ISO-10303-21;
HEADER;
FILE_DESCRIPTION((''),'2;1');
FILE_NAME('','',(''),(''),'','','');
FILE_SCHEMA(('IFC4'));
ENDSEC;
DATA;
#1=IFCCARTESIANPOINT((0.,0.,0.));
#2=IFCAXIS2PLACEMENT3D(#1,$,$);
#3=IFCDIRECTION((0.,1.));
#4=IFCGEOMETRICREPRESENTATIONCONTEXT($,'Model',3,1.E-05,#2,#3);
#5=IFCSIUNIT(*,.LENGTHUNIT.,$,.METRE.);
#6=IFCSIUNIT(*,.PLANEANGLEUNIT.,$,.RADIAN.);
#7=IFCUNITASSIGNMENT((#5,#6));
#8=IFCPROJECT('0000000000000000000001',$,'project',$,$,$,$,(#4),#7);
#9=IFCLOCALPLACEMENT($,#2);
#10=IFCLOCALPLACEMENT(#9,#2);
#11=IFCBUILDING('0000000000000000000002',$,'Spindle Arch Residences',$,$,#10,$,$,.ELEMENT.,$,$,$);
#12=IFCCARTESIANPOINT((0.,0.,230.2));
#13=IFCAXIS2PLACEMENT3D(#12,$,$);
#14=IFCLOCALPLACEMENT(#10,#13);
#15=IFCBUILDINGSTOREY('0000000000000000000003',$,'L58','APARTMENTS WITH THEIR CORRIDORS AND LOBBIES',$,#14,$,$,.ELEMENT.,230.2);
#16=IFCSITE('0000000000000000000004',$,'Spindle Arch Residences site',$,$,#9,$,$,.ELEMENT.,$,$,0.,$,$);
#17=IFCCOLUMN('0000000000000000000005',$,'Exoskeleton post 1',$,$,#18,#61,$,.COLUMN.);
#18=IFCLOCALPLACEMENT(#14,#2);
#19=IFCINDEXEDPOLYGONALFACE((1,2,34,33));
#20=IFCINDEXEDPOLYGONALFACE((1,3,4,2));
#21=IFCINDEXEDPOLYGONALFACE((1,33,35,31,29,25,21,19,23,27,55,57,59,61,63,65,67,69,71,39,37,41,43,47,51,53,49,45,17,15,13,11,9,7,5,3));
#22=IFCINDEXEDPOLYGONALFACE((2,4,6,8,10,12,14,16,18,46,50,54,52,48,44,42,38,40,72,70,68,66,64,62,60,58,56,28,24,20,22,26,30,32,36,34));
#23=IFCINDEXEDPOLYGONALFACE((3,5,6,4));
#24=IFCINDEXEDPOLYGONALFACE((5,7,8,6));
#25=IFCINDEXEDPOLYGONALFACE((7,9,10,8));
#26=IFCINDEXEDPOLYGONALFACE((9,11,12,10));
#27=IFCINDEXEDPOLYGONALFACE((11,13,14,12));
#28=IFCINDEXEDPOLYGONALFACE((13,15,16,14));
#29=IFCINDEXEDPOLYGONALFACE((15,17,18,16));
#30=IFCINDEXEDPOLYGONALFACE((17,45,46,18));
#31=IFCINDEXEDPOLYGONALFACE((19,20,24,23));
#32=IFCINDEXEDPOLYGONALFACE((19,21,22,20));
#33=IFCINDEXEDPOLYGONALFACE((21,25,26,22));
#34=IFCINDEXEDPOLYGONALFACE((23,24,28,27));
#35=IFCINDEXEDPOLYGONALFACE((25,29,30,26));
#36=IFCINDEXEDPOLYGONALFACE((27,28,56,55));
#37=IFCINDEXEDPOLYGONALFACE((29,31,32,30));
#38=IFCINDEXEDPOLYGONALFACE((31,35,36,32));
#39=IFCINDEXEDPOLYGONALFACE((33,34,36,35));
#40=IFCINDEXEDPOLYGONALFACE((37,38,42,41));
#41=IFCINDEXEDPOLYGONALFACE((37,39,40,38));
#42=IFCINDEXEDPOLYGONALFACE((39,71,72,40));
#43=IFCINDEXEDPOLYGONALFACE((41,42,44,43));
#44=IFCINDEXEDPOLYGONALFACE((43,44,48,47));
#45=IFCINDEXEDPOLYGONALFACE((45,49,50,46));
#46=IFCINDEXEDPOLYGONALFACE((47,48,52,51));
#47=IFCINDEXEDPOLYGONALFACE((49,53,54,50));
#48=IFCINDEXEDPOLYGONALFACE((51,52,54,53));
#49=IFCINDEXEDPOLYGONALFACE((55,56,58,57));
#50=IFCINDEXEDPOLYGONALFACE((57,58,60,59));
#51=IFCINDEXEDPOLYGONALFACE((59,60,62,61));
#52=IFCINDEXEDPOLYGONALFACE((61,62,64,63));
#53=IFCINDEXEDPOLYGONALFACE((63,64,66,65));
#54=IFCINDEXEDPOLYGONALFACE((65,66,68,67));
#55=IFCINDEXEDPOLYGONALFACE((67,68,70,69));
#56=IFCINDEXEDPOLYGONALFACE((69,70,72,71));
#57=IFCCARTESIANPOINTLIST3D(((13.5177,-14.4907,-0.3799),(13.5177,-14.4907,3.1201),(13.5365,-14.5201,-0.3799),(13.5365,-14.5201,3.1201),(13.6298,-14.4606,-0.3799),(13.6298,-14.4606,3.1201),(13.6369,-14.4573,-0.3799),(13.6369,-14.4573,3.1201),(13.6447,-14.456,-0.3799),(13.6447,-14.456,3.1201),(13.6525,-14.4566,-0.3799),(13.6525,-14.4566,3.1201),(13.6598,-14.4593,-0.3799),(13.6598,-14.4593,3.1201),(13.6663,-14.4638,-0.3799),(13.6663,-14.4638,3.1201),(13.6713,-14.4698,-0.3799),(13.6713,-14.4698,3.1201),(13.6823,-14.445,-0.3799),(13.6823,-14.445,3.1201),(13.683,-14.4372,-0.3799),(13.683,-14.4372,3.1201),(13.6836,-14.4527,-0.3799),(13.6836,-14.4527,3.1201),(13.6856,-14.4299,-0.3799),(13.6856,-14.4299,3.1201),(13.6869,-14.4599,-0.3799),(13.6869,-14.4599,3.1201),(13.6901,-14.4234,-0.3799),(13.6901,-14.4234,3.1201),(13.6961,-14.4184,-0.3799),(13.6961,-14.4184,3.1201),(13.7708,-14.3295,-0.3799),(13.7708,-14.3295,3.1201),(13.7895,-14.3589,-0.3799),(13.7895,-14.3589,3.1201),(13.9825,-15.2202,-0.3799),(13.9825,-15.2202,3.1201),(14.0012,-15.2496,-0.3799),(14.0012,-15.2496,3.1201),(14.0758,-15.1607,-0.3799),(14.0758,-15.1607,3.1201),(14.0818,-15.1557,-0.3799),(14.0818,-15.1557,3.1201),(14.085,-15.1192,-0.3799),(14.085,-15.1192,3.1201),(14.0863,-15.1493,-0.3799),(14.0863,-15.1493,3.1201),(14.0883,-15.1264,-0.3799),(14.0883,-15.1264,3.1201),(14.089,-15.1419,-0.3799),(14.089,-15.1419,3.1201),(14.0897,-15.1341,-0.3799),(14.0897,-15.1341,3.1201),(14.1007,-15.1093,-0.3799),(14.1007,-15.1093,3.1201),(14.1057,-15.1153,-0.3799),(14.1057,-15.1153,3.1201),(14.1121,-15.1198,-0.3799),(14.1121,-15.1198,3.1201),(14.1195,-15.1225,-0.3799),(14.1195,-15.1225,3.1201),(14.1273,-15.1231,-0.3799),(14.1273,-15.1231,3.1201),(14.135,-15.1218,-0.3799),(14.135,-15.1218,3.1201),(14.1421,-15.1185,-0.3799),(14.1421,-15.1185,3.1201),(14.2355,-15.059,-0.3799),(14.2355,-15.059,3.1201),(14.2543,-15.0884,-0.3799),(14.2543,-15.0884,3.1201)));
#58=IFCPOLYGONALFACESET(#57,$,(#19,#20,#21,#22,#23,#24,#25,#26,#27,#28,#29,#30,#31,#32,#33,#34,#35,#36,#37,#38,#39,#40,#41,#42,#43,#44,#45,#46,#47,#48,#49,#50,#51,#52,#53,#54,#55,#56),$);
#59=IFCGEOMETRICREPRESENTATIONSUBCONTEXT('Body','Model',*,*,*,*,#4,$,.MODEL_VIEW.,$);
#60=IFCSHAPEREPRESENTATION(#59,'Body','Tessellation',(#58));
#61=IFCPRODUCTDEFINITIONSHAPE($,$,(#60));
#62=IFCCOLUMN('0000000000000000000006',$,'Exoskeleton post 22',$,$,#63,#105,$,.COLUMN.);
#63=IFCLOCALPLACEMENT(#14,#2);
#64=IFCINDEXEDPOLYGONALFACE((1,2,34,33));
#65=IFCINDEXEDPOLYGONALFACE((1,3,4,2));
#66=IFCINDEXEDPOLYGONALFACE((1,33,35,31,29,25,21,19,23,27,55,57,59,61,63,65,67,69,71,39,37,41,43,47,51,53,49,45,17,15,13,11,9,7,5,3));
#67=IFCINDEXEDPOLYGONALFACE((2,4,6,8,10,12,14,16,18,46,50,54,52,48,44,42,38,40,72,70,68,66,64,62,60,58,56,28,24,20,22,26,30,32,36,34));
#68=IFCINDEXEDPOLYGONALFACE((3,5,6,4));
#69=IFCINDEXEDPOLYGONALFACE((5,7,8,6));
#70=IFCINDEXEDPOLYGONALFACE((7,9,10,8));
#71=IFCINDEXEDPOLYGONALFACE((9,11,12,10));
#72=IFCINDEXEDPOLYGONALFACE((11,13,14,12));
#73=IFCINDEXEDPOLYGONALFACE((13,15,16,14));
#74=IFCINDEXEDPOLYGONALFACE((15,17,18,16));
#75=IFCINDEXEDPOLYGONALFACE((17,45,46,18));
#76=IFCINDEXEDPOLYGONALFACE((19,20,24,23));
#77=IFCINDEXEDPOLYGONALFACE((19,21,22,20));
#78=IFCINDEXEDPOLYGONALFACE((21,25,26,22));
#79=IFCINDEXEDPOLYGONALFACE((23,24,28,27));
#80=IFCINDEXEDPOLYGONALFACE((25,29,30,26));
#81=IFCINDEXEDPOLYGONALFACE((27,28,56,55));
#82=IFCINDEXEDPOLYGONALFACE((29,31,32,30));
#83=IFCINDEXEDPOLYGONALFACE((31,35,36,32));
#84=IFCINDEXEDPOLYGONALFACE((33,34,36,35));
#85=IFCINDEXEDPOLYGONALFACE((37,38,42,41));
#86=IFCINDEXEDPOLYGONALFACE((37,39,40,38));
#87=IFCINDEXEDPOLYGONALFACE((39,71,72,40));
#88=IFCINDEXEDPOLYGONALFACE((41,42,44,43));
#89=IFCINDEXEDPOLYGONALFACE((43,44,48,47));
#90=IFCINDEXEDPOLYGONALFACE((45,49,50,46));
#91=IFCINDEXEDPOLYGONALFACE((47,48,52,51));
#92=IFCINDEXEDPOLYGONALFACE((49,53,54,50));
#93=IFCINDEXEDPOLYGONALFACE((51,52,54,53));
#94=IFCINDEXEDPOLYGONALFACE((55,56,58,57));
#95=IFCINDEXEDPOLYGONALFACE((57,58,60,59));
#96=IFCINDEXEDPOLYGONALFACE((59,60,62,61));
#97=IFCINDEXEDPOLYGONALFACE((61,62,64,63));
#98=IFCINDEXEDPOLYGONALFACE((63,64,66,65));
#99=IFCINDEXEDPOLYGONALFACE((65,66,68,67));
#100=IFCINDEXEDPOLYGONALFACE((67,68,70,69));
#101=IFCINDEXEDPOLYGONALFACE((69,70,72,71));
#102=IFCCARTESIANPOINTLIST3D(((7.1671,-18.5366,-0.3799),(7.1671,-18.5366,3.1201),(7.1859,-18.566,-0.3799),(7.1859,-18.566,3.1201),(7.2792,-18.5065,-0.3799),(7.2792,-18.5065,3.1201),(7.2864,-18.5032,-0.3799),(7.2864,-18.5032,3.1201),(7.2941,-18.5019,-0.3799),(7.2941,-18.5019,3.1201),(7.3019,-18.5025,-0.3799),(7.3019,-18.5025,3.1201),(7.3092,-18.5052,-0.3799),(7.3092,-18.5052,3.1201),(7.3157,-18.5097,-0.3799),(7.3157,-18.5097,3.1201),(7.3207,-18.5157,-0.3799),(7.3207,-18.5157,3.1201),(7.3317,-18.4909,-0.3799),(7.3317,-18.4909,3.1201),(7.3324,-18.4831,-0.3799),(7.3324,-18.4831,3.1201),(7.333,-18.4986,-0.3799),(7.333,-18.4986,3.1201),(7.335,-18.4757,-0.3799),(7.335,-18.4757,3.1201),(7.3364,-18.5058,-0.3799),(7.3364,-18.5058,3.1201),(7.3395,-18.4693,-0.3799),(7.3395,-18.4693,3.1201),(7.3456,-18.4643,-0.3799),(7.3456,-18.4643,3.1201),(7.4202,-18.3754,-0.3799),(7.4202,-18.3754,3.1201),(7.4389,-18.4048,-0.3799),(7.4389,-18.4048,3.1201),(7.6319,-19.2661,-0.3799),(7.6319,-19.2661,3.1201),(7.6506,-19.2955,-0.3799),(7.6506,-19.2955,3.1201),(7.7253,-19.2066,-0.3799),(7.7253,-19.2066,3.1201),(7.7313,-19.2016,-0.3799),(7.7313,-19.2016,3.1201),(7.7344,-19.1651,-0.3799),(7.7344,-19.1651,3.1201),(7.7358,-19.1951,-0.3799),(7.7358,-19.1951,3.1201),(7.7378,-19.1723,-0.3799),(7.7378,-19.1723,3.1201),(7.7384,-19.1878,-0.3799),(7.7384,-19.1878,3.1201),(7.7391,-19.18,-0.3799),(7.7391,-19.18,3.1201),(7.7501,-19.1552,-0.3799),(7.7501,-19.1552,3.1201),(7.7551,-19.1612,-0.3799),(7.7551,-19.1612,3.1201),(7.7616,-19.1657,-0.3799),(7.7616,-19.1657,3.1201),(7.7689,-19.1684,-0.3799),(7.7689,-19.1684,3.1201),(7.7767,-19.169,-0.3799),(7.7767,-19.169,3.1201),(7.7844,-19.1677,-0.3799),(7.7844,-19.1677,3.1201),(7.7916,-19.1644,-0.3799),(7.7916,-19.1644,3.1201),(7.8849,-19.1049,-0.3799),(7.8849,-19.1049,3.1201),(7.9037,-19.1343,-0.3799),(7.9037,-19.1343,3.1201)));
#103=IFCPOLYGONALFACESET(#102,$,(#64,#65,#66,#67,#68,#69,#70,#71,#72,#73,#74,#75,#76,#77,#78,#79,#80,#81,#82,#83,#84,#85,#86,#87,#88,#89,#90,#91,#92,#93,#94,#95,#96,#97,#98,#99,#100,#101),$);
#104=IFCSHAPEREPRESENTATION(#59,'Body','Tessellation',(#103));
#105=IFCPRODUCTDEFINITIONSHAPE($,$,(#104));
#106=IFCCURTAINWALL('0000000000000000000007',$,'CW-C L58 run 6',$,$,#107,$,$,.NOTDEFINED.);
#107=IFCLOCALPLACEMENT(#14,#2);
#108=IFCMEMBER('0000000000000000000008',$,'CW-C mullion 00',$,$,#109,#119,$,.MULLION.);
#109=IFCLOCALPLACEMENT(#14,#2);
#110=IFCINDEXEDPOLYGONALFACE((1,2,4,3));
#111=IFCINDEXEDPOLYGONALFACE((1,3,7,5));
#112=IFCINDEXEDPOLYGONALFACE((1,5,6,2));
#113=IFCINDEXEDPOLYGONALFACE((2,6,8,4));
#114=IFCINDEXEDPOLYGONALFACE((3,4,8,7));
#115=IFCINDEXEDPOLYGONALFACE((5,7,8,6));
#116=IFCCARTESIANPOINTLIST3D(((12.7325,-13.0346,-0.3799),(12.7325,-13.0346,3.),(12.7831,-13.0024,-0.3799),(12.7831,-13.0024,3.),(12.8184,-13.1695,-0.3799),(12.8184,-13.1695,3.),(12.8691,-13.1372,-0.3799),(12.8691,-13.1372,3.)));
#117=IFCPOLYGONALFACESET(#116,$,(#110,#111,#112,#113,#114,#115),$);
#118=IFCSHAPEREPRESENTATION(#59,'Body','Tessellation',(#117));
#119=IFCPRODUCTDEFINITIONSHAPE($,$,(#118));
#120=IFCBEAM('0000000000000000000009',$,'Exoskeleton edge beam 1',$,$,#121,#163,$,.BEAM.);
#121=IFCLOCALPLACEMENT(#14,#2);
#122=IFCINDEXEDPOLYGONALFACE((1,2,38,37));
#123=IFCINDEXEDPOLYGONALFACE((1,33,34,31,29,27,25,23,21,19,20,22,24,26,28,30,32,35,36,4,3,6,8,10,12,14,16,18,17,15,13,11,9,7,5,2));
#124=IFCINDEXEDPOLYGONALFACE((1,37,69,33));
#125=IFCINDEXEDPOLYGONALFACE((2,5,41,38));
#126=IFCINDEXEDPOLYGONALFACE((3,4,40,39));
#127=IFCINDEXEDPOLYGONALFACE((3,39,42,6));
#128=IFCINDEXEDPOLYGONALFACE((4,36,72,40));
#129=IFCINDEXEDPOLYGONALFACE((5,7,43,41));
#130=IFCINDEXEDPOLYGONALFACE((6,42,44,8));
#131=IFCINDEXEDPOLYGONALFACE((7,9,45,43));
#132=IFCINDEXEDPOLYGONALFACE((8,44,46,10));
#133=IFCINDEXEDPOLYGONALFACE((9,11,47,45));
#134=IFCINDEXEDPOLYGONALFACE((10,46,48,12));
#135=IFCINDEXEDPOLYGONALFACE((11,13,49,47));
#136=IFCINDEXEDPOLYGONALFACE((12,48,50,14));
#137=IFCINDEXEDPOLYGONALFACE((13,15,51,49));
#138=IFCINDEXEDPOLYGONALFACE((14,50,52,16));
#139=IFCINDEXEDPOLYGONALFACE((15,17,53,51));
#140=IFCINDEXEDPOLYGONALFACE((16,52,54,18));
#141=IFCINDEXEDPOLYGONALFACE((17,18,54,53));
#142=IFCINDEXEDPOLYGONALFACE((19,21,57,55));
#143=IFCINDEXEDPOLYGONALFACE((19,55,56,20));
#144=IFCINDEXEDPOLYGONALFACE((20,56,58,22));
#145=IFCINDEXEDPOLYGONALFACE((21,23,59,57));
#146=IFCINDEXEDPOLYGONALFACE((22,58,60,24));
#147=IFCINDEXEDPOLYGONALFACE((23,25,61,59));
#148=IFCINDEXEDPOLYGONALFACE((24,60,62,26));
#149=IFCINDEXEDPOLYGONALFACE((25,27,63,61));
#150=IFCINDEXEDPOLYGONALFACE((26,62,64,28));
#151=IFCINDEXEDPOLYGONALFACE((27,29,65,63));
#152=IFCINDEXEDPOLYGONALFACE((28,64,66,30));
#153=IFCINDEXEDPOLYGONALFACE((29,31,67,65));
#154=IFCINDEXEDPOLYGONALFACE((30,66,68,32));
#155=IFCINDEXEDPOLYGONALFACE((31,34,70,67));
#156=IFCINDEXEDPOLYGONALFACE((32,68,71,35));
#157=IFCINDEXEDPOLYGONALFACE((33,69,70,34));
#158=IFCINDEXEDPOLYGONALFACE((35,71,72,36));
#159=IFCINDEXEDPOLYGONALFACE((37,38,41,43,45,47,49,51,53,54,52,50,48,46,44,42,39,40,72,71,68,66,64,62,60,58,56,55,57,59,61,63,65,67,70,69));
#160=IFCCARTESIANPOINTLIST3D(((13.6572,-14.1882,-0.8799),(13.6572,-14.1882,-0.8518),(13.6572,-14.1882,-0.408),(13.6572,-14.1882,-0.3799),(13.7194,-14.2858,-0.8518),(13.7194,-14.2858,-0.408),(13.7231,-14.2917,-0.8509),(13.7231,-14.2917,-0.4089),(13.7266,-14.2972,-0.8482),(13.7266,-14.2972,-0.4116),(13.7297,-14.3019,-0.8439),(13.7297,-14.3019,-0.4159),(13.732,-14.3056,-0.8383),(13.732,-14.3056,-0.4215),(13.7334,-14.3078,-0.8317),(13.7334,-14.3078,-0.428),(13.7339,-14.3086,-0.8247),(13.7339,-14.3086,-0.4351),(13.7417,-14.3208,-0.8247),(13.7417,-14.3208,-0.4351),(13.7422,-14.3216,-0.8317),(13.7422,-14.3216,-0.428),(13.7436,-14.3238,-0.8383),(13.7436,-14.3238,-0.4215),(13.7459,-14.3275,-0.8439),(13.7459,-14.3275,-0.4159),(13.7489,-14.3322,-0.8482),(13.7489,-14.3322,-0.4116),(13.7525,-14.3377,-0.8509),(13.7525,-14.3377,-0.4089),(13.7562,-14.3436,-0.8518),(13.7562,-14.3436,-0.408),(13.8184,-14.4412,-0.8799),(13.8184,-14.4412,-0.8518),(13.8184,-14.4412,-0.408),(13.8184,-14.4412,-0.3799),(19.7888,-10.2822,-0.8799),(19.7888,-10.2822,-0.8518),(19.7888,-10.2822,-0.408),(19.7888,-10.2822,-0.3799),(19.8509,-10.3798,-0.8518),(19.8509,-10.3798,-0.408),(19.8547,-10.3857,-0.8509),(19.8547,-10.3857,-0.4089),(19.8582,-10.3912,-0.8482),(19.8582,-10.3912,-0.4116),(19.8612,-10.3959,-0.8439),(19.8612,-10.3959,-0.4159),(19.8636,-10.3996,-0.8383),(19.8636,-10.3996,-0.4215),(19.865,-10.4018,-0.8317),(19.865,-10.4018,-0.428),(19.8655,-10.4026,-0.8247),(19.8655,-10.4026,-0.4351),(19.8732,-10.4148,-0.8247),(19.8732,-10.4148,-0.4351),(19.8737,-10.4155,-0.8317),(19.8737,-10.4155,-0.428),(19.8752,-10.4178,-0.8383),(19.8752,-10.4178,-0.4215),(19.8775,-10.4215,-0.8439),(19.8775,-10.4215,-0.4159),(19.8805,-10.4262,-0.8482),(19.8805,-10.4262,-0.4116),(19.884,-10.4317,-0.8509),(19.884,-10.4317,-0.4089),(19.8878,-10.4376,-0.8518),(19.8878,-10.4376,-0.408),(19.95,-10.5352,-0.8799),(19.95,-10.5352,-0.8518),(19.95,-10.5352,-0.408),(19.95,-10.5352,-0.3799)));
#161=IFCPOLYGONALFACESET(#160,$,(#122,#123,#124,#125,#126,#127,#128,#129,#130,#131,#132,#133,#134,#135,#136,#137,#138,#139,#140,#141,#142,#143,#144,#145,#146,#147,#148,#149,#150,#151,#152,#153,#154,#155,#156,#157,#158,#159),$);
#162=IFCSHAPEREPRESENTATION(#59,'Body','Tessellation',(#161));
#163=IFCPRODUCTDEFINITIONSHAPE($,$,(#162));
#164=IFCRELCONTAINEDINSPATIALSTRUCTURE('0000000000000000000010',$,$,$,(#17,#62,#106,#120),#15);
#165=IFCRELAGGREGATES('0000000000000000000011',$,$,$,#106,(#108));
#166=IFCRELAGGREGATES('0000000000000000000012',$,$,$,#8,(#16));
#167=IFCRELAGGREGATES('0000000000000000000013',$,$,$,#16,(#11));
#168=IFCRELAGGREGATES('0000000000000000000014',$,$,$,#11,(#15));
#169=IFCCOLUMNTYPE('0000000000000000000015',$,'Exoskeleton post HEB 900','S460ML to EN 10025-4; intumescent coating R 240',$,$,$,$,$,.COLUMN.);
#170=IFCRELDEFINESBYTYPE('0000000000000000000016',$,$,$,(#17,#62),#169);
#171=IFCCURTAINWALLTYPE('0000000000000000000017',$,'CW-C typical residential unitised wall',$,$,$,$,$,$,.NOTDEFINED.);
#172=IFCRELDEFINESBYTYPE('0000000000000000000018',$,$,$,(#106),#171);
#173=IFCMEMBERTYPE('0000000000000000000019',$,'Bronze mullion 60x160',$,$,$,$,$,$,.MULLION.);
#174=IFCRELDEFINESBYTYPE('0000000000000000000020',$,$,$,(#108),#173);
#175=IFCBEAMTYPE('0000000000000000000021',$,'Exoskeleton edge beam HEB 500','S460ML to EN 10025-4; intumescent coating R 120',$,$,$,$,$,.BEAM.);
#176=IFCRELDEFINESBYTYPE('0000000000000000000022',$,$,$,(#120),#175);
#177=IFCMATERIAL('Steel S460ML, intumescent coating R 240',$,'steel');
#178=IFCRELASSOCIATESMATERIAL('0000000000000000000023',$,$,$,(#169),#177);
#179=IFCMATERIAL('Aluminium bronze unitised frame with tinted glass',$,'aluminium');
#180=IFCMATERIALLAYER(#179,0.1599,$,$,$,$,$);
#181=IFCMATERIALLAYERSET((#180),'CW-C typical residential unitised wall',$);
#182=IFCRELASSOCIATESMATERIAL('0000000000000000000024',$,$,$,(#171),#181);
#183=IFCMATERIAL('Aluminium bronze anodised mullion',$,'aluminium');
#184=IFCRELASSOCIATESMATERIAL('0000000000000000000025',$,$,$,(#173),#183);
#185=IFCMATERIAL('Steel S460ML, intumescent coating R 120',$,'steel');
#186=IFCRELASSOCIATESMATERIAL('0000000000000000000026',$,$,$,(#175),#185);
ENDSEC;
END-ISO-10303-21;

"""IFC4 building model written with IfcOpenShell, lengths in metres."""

from ifc_helpers import new_model, si_unit, direction, frame, origin, origin_2d, place, context, subcontext, project, spatial, rectangle, i_section, extrude, material, layer, layer_set, material_profile, profile_set, type_object, element, aggregate, save


model = new_model("IFC4")

# Units and contexts
model_context = context("Model", 3, precision=1e-05, world=origin(), true_north=direction((0.0, 1.0)))
body_context = subcontext(model_context, "Body", "Model", "MODEL_VIEW")
ifc_project = project(units=[si_unit("LENGTHUNIT", "METRE"), si_unit("PLANEANGLEUNIT", "RADIAN")], contexts=[model_context])

# Site, building, storey
site_placement = place(None, origin())
site = spatial("IfcSite", under=ifc_project, at=site_placement, Name="Spindle Arch Residences site", CompositionType="ELEMENT", RefElevation=0.0)
building_placement = place(site_placement, origin())
building = spatial("IfcBuilding", under=site, at=building_placement, Name="Spindle Arch Residences", CompositionType="ELEMENT")
storey_placement = place(building_placement, frame((0.0, 0.0, 230.2)))
storey = spatial("IfcBuildingStorey", under=building, at=storey_placement, Name="L58", Description="APARTMENTS WITH THEIR CORRIDORS AND LOBBIES", CompositionType="ELEMENT", Elevation=230.2)

# Columns
ifc_material_1 = material(Name="Steel S460ML, intumescent coating R 240", Category="steel")
ifc_material_profile_1 = material_profile(ifc_material_1, i_section(OverallWidth=0.3, OverallDepth=0.8999, WebThickness=0.0186, FlangeThickness=0.0349, FilletRadius=0.03, at=origin_2d()), Name="HEB 900")
ifc_profile_set_1 = profile_set([ifc_material_profile_1], Name="Steel S460ML, intumescent coating R 240")
column_type = type_object("IfcColumnType", Name="Exoskeleton post HEB 900", Description="S460ML to EN 10025-4; intumescent coating R 240", PredefinedType="COLUMN", material=ifc_profile_set_1)
for number, where, z_axis, x_axis, name in (
    (1, (13.886, -14.7896, -0.3799), (0.0, 0.0, 1.0), (-0.843391, -0.5373, 0.0), "Exoskeleton post 1"),
    (2, (7.5354, -18.8354, -0.3799), (0.0, 0.0, 1.0), (-0.843391, -0.5373, 0.0), "Exoskeleton post 22"),
):
    element("IfcColumn", number, at=place(storey_placement, frame(where, z_axis=z_axis, x_axis=x_axis)), inside=storey, type_object=column_type, Name=name, PredefinedType="COLUMN", context=body_context, shape_type="SweptSolid", body=[
        extrude(i_section(OverallWidth=0.3, OverallDepth=0.8999, WebThickness=0.0186, FlangeThickness=0.0349, FilletRadius=0.03, at=origin_2d()), origin(), (0.0, 0.0, 1.0), 3.5),
    ])

# Curtain wall, member
ifc_material_2 = material(Name="Aluminium bronze unitised frame with tinted glass", Category="aluminium")
ifc_layer_1 = layer(ifc_material_2, 0.1599)
ifc_layer_set_1 = layer_set([ifc_layer_1], Name="CW-C typical residential unitised wall")
curtain_wall_type = type_object("IfcCurtainWallType", Name="CW-C typical residential unitised wall", PredefinedType="NOTDEFINED", material=ifc_layer_set_1)
curtain_wall_placement = place(storey_placement, origin())
curtain_wall = element("IfcCurtainWall", 3, at=curtain_wall_placement, inside=storey, type_object=curtain_wall_type, Name="CW-C L58 run 6", PredefinedType="NOTDEFINED")
ifc_material_3 = material(Name="Aluminium bronze anodised mullion", Category="aluminium")
ifc_material_profile_2 = material_profile(ifc_material_3, rectangle(XDim=0.1599, YDim=0.0601, at=origin_2d()), Name="MU 60x160")
ifc_profile_set_2 = profile_set([ifc_material_profile_2], Name="Aluminium bronze anodised mullion")
member_type = type_object("IfcMemberType", Name="Bronze mullion 60x160", PredefinedType="MULLION", material=ifc_profile_set_2)
member_placement = place(storey_placement, frame((12.8008, -13.0859, -0.3799), z_axis=(0.0, 0.0, 1.0), x_axis=(-0.5373, 0.843391, 0.0)))
member = element("IfcMember", 4, at=member_placement, type_object=member_type, Name="CW-C mullion 00", PredefinedType="MULLION", context=body_context, shape_type="SweptSolid", body=[
    extrude(rectangle(XDim=0.1599, YDim=0.0601, at=origin_2d()), origin(), (0.0, 0.0, 1.0), 3.3799),
])

# Beam
ifc_material_4 = material(Name="Steel S460ML, intumescent coating R 120", Category="steel")
ifc_material_profile_3 = material_profile(ifc_material_4, i_section(OverallWidth=0.3, OverallDepth=0.5, WebThickness=0.0144, FlangeThickness=0.0281, FilletRadius=0.0271, at=origin_2d()), Name="HEB 500")
ifc_profile_set_3 = profile_set([ifc_material_profile_3], Name="Steel S460ML, intumescent coating R 120")
beam_type_1 = type_object("IfcBeamType", Name="Exoskeleton edge beam HEB 500", Description="S460ML to EN 10025-4; intumescent coating R 120", PredefinedType="BEAM", material=ifc_profile_set_3)
for number, where, z_axis, x_axis, name in (
    (5, (13.7378, -14.3147, -0.6299), (0.843407, 0.537275, 0.0), (-0.537275, 0.843407, 0.0), "Exoskeleton edge beam 1"),
):
    element("IfcBeam", number, at=place(storey_placement, frame(where, z_axis=z_axis, x_axis=x_axis)), inside=storey, type_object=beam_type_1, Name=name, PredefinedType="BEAM", context=body_context, shape_type="SweptSolid", body=[
        extrude(i_section(OverallWidth=0.3, OverallDepth=0.5, WebThickness=0.0144, FlangeThickness=0.0281, FilletRadius=0.0271, at=origin_2d()), origin(), (0.0, 0.0, 1.0), 7.27),
    ])

aggregate(curtain_wall, [member])

save(model, "model.ifc")
